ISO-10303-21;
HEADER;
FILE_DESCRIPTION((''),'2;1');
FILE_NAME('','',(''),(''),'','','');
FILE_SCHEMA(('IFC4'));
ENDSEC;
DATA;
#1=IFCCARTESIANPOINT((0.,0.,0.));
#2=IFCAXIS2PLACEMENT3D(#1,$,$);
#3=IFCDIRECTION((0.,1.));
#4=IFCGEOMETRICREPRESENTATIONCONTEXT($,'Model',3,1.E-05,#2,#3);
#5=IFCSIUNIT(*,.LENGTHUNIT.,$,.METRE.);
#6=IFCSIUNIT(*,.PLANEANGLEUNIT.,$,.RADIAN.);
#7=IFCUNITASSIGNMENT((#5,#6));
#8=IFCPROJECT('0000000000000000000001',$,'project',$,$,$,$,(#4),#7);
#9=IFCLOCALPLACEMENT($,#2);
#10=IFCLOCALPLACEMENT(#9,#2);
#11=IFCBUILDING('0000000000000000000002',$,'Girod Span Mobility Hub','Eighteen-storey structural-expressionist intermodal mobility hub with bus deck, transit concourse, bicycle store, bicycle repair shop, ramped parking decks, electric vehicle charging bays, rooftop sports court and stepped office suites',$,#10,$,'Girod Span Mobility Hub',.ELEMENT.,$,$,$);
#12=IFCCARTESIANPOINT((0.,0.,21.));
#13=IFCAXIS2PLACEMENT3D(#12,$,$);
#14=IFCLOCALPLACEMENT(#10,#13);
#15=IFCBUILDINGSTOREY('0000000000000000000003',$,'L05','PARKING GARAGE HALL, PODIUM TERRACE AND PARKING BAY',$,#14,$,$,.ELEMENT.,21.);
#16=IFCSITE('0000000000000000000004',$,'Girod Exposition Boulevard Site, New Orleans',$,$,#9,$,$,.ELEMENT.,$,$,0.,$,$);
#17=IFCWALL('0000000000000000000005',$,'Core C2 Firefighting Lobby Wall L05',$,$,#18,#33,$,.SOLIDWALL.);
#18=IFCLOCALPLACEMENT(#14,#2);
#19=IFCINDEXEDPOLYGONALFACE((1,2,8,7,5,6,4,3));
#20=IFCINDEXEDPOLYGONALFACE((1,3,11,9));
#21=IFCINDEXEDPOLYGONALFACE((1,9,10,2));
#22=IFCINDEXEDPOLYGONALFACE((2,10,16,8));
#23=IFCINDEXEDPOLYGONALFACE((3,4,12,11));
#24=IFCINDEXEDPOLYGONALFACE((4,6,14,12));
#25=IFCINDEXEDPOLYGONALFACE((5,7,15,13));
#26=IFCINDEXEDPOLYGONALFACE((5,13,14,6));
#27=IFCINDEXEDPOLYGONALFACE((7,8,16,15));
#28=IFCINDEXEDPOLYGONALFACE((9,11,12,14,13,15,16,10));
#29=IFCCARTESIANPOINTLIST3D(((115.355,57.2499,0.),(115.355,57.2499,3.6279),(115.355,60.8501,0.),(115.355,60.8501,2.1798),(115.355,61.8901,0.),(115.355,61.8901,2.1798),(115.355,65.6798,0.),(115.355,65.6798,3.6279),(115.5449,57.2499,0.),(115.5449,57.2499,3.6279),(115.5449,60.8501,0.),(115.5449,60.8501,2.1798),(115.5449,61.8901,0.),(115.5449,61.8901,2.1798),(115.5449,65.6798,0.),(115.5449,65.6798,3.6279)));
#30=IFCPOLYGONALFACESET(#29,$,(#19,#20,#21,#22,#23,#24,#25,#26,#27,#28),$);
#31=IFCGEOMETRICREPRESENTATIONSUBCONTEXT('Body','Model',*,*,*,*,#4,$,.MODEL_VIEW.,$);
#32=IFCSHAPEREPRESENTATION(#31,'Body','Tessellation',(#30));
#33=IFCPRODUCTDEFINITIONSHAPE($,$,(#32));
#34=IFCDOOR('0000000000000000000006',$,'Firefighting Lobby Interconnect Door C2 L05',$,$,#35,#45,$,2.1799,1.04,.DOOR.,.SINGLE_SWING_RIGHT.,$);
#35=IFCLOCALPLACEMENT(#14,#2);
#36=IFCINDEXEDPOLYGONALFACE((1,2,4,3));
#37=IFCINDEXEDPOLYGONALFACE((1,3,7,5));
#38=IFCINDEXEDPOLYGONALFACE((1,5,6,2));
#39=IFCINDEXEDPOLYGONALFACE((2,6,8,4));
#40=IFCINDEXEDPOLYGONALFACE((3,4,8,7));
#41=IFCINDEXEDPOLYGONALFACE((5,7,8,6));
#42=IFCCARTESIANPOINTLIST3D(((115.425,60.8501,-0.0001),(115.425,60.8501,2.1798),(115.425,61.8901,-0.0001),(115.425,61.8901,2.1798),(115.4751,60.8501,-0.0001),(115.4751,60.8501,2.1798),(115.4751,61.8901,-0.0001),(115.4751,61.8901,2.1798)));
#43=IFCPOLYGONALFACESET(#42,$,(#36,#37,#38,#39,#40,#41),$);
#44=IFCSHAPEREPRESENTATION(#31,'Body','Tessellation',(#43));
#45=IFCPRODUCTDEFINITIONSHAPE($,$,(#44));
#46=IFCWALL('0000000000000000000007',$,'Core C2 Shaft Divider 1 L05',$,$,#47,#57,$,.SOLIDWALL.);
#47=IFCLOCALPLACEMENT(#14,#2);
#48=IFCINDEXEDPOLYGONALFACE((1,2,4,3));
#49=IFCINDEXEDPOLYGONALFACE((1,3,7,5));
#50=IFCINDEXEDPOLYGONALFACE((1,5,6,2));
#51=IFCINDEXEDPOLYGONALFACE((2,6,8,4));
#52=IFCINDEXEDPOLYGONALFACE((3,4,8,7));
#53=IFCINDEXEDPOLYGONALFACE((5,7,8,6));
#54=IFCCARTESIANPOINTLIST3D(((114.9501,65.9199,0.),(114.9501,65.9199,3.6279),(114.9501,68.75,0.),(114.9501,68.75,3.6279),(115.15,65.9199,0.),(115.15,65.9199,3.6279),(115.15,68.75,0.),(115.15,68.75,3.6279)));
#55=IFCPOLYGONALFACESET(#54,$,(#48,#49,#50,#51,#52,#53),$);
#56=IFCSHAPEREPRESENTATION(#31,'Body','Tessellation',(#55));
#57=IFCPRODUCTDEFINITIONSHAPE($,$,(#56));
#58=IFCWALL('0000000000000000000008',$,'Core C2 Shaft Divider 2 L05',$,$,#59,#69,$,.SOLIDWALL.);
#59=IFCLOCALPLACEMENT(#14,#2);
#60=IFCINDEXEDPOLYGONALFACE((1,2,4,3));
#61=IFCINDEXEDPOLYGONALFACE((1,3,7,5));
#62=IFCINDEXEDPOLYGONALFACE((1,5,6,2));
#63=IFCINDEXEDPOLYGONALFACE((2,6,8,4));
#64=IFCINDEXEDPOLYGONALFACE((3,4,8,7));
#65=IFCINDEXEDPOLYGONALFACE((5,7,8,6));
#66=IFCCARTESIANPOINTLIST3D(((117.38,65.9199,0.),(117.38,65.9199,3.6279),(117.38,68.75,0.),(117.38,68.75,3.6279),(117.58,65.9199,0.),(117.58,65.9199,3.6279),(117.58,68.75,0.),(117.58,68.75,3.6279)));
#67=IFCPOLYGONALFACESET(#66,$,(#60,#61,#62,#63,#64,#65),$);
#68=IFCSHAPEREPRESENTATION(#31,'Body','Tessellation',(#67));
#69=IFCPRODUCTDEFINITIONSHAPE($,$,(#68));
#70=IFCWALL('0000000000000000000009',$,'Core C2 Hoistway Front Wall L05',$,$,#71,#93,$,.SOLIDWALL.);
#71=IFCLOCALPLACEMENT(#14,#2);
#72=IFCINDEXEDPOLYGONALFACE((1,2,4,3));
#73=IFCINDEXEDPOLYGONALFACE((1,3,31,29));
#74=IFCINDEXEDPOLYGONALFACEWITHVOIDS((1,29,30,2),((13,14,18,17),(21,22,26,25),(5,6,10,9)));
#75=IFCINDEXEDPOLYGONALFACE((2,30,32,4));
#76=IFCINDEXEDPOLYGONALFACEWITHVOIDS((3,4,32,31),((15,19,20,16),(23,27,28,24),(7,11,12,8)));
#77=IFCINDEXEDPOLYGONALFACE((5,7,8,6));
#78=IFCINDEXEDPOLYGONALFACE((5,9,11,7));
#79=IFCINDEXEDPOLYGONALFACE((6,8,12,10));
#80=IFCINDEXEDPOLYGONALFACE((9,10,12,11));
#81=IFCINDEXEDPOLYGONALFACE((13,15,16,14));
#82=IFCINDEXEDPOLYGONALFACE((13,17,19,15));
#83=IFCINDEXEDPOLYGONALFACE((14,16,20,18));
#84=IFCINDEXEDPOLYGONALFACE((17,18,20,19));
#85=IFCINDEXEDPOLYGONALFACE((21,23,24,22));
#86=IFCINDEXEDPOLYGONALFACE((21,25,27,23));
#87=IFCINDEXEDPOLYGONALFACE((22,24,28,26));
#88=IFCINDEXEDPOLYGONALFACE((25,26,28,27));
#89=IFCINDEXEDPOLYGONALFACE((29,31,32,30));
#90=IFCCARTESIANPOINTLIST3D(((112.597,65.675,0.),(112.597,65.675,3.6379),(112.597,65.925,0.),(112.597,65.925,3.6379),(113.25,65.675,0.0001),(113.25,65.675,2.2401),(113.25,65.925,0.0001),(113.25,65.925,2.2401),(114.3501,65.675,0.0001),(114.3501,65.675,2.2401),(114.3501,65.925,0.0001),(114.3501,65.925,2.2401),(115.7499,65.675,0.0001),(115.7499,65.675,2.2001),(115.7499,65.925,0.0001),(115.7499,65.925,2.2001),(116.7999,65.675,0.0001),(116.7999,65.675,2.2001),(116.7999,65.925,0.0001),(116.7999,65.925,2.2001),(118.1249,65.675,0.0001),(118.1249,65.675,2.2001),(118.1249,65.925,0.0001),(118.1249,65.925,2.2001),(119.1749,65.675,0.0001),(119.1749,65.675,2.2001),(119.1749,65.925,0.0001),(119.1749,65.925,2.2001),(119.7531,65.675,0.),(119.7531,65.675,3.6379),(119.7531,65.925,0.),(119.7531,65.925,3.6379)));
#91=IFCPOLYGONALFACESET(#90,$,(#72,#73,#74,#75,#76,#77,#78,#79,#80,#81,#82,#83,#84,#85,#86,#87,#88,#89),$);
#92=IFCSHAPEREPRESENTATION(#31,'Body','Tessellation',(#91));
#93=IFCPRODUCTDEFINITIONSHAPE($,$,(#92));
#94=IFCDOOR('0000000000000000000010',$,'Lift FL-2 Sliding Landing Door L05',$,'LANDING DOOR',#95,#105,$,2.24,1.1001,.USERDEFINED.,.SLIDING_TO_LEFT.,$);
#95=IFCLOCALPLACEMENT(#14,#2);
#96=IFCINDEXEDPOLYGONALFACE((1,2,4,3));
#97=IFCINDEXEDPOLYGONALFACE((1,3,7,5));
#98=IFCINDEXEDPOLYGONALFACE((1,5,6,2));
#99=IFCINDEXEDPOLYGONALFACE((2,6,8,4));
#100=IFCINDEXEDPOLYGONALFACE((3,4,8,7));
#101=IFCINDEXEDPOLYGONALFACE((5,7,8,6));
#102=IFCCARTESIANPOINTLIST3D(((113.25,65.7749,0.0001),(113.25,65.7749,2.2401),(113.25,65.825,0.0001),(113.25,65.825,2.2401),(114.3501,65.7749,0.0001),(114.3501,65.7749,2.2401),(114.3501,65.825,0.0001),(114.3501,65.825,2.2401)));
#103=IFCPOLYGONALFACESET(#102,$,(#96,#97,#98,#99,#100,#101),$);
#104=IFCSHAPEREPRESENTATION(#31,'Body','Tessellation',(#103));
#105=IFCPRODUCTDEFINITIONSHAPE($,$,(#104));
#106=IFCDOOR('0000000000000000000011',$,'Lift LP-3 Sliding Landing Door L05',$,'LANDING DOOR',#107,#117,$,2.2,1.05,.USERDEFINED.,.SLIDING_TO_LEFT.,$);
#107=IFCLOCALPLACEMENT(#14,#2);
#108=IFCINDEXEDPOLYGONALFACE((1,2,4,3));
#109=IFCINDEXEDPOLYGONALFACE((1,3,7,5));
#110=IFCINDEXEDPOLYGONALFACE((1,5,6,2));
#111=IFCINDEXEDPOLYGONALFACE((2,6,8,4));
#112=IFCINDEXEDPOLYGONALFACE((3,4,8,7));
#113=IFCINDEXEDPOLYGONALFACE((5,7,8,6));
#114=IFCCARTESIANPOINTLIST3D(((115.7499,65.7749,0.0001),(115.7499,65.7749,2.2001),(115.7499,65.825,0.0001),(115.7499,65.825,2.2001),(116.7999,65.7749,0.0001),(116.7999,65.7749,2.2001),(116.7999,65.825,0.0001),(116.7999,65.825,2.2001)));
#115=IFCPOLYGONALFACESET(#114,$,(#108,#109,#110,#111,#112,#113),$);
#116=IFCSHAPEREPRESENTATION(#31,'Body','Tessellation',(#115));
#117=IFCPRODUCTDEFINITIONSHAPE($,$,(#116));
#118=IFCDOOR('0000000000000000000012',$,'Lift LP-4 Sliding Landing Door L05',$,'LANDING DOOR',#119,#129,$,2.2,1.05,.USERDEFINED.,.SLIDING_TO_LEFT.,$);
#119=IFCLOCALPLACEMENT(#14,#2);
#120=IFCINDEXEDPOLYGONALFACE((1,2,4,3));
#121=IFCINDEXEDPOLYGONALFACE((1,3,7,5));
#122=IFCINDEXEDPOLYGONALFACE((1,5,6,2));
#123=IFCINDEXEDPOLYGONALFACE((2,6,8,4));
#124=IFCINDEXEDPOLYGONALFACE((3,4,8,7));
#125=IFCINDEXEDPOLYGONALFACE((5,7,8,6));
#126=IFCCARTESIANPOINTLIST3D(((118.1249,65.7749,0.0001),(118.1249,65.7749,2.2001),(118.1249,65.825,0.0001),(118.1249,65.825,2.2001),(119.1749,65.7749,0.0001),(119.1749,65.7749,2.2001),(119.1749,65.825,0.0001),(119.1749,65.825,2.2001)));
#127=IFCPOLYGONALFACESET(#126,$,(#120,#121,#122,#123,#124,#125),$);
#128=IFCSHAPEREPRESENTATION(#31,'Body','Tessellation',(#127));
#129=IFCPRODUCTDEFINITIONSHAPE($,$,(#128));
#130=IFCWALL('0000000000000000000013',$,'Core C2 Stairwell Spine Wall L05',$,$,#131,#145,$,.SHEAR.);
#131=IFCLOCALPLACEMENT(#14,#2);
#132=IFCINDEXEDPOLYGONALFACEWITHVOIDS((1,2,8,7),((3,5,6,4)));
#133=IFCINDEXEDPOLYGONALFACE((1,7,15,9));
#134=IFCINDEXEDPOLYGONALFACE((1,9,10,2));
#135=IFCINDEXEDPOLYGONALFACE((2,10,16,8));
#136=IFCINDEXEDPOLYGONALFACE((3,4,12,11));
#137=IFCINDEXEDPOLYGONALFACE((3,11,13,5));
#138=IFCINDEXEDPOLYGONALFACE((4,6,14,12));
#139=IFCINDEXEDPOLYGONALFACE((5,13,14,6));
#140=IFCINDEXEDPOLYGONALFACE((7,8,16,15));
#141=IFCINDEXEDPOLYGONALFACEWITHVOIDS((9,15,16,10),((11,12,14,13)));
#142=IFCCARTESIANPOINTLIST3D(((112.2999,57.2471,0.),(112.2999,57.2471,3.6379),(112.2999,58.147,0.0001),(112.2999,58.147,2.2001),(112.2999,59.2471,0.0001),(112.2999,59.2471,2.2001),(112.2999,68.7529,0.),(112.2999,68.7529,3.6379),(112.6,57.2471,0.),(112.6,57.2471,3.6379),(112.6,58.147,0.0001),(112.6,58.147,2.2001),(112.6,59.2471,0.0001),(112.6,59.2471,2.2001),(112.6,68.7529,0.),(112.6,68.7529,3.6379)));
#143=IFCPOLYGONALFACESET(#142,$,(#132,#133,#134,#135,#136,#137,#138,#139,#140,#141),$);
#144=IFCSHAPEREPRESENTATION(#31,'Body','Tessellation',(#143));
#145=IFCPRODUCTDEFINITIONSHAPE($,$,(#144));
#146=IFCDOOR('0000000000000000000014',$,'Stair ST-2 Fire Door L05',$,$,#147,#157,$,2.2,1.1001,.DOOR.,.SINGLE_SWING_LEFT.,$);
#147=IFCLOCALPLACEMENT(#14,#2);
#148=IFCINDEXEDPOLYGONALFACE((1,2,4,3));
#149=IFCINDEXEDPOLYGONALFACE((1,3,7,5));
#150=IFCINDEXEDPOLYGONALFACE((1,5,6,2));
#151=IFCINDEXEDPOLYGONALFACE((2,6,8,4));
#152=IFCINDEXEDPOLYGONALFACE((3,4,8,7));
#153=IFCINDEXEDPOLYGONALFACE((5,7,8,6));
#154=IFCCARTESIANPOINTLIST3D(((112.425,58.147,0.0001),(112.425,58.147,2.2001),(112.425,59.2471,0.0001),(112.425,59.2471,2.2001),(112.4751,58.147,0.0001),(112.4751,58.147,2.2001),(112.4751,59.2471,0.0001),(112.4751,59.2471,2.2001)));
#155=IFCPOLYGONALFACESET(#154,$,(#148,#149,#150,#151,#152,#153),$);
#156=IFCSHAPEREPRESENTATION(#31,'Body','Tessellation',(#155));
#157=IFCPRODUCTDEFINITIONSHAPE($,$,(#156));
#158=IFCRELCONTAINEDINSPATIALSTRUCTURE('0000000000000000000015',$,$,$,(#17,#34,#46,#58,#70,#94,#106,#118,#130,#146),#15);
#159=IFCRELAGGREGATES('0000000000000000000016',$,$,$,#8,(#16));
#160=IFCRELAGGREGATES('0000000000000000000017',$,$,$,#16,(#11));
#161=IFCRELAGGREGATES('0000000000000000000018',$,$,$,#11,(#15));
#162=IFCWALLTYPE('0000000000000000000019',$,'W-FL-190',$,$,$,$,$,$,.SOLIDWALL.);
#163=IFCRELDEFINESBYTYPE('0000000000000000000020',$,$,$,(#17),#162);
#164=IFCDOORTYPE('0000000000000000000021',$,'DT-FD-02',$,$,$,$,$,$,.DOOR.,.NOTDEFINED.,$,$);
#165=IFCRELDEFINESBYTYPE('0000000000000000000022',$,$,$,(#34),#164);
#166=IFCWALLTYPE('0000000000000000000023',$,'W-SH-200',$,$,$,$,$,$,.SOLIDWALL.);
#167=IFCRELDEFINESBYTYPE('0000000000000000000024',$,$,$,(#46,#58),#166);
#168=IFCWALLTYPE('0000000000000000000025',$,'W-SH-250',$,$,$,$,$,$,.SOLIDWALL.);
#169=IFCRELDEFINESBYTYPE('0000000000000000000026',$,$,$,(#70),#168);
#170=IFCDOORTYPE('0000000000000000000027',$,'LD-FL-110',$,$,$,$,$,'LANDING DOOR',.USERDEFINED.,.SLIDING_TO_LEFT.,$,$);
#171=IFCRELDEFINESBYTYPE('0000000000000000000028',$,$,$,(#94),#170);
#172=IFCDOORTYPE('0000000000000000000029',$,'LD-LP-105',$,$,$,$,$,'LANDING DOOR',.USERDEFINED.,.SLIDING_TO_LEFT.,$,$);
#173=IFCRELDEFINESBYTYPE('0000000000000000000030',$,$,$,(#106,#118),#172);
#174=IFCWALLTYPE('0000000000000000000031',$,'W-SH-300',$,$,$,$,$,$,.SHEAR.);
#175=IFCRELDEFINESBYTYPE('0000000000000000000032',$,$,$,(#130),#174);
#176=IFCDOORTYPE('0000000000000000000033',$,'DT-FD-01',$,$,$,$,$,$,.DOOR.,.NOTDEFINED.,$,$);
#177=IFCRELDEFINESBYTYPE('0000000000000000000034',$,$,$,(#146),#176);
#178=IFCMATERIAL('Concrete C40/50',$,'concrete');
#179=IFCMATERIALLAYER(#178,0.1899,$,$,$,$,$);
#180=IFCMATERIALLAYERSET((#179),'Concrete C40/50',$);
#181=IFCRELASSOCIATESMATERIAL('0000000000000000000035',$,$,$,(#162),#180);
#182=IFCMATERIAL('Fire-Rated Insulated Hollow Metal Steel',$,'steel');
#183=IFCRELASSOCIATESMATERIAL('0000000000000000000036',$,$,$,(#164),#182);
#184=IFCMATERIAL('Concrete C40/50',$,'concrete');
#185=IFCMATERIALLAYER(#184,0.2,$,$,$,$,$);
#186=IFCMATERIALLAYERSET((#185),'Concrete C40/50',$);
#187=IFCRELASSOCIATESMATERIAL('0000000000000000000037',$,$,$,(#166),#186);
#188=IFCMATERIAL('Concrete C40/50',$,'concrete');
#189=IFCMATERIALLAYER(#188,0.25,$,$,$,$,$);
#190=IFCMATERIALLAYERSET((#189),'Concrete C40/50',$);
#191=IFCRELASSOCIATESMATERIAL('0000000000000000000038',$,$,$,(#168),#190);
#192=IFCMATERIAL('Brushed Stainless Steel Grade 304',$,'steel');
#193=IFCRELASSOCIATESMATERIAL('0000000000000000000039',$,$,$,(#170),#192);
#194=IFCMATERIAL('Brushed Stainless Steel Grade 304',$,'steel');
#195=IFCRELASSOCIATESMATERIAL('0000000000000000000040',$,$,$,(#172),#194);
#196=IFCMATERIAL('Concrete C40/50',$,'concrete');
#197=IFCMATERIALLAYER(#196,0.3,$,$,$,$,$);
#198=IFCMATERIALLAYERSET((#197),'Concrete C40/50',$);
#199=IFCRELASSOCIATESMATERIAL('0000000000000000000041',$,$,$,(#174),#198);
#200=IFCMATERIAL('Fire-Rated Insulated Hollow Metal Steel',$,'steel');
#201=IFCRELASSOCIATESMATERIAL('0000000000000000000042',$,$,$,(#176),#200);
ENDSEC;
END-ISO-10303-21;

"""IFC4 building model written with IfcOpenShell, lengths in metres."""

from ifc_helpers import new_model, si_unit, direction, frame, frame_2d, origin, place, context, subcontext, project, spatial, rectangle, extrude, material, layer, layer_set, type_object, element, fill, save


model = new_model("IFC4")

# Units and contexts
model_context = context("Model", 3, precision=1e-05, world=origin(), true_north=direction((0.0, 1.0)))
body_context = subcontext(model_context, "Body", "Model", "MODEL_VIEW")
ifc_project = project(units=[si_unit("LENGTHUNIT", "METRE"), si_unit("PLANEANGLEUNIT", "RADIAN")], contexts=[model_context])

# Site, building, storey
site_placement = place(None, origin())
site = spatial("IfcSite", under=ifc_project, at=site_placement, Name="Girod Exposition Boulevard Site, New Orleans", CompositionType="ELEMENT", RefElevation=0.0)
building_placement = place(site_placement, origin())
building = spatial("IfcBuilding", under=site, at=building_placement, Name="Girod Span Mobility Hub", Description="Eighteen-storey structural-expressionist intermodal mobility hub with bus deck, transit concourse, bicycle store, bicycle repair shop, ramped parking decks, electric vehicle charging bays, rooftop sports court and stepped office suites", LongName="Girod Span Mobility Hub", CompositionType="ELEMENT")
storey_placement = place(building_placement, frame((0.0, 0.0, 21.0)))
storey = spatial("IfcBuildingStorey", under=building, at=storey_placement, Name="L05", Description="PARKING GARAGE HALL, PODIUM TERRACE AND PARKING BAY", CompositionType="ELEMENT", Elevation=21.0)

# Wall, opening, door
ifc_material_1 = material(Name="Concrete C40/50", Category="concrete")
ifc_layer_1 = layer(ifc_material_1, 0.1899)
ifc_layer_set_1 = layer_set([ifc_layer_1], Name="Concrete C40/50")
wall_type_1 = type_object("IfcWallType", Name="W-FL-190", PredefinedType="SOLIDWALL", material=ifc_layer_set_1)
wall_1_placement = place(storey_placement, frame((115.45, 57.25, 0.0), z_axis=(0.0, 0.0, 1.0), x_axis=(0.0, 1.0, 0.0)))
wall_1 = element("IfcWall", 1, at=wall_1_placement, inside=storey, type_object=wall_type_1, Name="Core C2 Firefighting Lobby Wall L05", PredefinedType="SOLIDWALL", context=body_context, shape_type="SweptSolid", body=[
    extrude(rectangle(XDim=8.4299, YDim=0.1899, at=frame_2d((4.2148, 0.0))), origin(), (0.0, 0.0, 1.0), 3.6279),
])
opening_1_placement = place(wall_1_placement, frame((3.6001, 0.0, 0.0)))
opening_1 = element("IfcOpeningElement", 2, at=opening_1_placement, cuts=wall_1, PredefinedType="OPENING", context=body_context, shape_type="SweptSolid", body=[
    extrude(rectangle(XDim=1.04, YDim=2.1799, at=frame_2d((0.52, 1.0898))), frame((0.0, 0.1099, 0.0), z_axis=(0.0, -1.0, 0.0), x_axis=(1.0, 0.0, 0.0)), (0.0, 0.0, 1.0), 0.22),
])
ifc_material_2 = material(Name="Fire-Rated Insulated Hollow Metal Steel", Category="steel")
door_type_1 = type_object("IfcDoorType", Name="DT-FD-02", OperationType="NOTDEFINED", PredefinedType="DOOR", material=ifc_material_2)
door_1_placement = place(opening_1_placement, origin())
door_1 = element("IfcDoor", 3, at=door_1_placement, inside=storey, type_object=door_type_1, Name="Firefighting Lobby Interconnect Door C2 L05", OperationType="SINGLE_SWING_RIGHT", OverallHeight=2.1799, OverallWidth=1.04, PredefinedType="DOOR", context=body_context, shape_type="SweptSolid", body=[
    extrude(rectangle(XDim=1.04, YDim=2.1799, at=frame_2d((0.52, 1.0898))), frame((0.0, 0.0249, 0.0), z_axis=(0.0, -1.0, 0.0), x_axis=(1.0, 0.0, 0.0)), (0.0, 0.0, 1.0), 0.05),
])
fill(opening_1, door_1)

# Walls
ifc_material_3 = material(Name="Concrete C40/50", Category="concrete")
ifc_layer_2 = layer(ifc_material_3, 0.2)
ifc_layer_set_2 = layer_set([ifc_layer_2], Name="Concrete C40/50")
wall_type_2 = type_object("IfcWallType", Name="W-SH-200", PredefinedType="SOLIDWALL", material=ifc_layer_set_2)
for number, where, z_axis, x_axis, name in (
    (4, (115.05, 65.9199, 0.0), (0.0, 0.0, 1.0), (0.0, 1.0, 0.0), "Core C2 Shaft Divider 1 L05"),
    (5, (117.48, 65.9199, 0.0), (0.0, 0.0, 1.0), (0.0, 1.0, 0.0), "Core C2 Shaft Divider 2 L05"),
):
    element("IfcWall", number, at=place(storey_placement, frame(where, z_axis=z_axis, x_axis=x_axis)), inside=storey, type_object=wall_type_2, Name=name, PredefinedType="SOLIDWALL", context=body_context, shape_type="SweptSolid", body=[
        extrude(rectangle(XDim=2.8301, YDim=0.2, at=frame_2d((1.415, 0.0))), origin(), (0.0, 0.0, 1.0), 3.6279),
    ])

# Wall, openings, doors
ifc_material_4 = material(Name="Concrete C40/50", Category="concrete")
ifc_layer_3 = layer(ifc_material_4, 0.25)
ifc_layer_set_3 = layer_set([ifc_layer_3], Name="Concrete C40/50")
wall_type_3 = type_object("IfcWallType", Name="W-SH-250", PredefinedType="SOLIDWALL", material=ifc_layer_set_3)
wall_2_placement = place(storey_placement, frame((112.5969, 65.8, 0.0), z_axis=(0.0, 0.0, 1.0), x_axis=(1.0, 0.0, 0.0)))
wall_2 = element("IfcWall", 6, at=wall_2_placement, inside=storey, type_object=wall_type_3, Name="Core C2 Hoistway Front Wall L05", PredefinedType="SOLIDWALL", context=body_context, shape_type="SweptSolid", body=[
    extrude(rectangle(XDim=7.156, YDim=0.25, at=frame_2d((3.5781, 0.0))), origin(), (0.0, 0.0, 1.0), 3.6379),
])
opening_2_placement = place(wall_2_placement, frame((0.6531, 0.0, 0.0)))
opening_2 = element("IfcOpeningElement", 7, at=opening_2_placement, cuts=wall_2, PredefinedType="OPENING", context=body_context, shape_type="SweptSolid", body=[
    extrude(rectangle(XDim=1.1001, YDim=2.24, at=frame_2d((0.55, 1.1201))), frame((0.0, 0.1399, 0.0), z_axis=(0.0, -1.0, 0.0), x_axis=(1.0, 0.0, 0.0)), (0.0, 0.0, 1.0), 0.28),
])
opening_3_placement = place(wall_2_placement, frame((3.1531, 0.0, 0.0)))
opening_3 = element("IfcOpeningElement", 8, at=opening_3_placement, cuts=wall_2, PredefinedType="OPENING", context=body_context, shape_type="SweptSolid", body=[
    extrude(rectangle(XDim=1.05, YDim=2.2, at=frame_2d((0.5249, 1.1001))), frame((0.0, 0.1399, 0.0), z_axis=(0.0, -1.0, 0.0), x_axis=(1.0, 0.0, 0.0)), (0.0, 0.0, 1.0), 0.28),
])
opening_4_placement = place(wall_2_placement, frame((5.5281, 0.0, 0.0)))
opening_4 = element("IfcOpeningElement", 9, at=opening_4_placement, cuts=wall_2, PredefinedType="OPENING", context=body_context, shape_type="SweptSolid", body=[
    extrude(rectangle(XDim=1.05, YDim=2.2, at=frame_2d((0.5249, 1.1001))), frame((0.0, 0.1399, 0.0), z_axis=(0.0, -1.0, 0.0), x_axis=(1.0, 0.0, 0.0)), (0.0, 0.0, 1.0), 0.28),
])
ifc_material_5 = material(Name="Brushed Stainless Steel Grade 304", Category="steel")
door_type_2 = type_object("IfcDoorType", Name="LD-FL-110", ElementType="LANDING DOOR", OperationType="SLIDING_TO_LEFT", PredefinedType="USERDEFINED", material=ifc_material_5)
door_2_placement = place(opening_2_placement, origin())
door_2 = element("IfcDoor", 10, at=door_2_placement, inside=storey, type_object=door_type_2, Name="Lift FL-2 Sliding Landing Door L05", ObjectType="LANDING DOOR", OperationType="SLIDING_TO_LEFT", OverallHeight=2.24, OverallWidth=1.1001, PredefinedType="USERDEFINED", context=body_context, shape_type="SweptSolid", body=[
    extrude(rectangle(XDim=1.1001, YDim=2.24, at=frame_2d((0.55, 1.1201))), frame((0.0, 0.0249, 0.0), z_axis=(0.0, -1.0, 0.0), x_axis=(1.0, 0.0, 0.0)), (0.0, 0.0, 1.0), 0.05),
])
fill(opening_2, door_2)
ifc_material_6 = material(Name="Brushed Stainless Steel Grade 304", Category="steel")
door_type_3 = type_object("IfcDoorType", Name="LD-LP-105", ElementType="LANDING DOOR", OperationType="SLIDING_TO_LEFT", PredefinedType="USERDEFINED", material=ifc_material_6)
door_3_placement = place(opening_3_placement, origin())
door_3 = element("IfcDoor", 11, at=door_3_placement, inside=storey, type_object=door_type_3, Name="Lift LP-3 Sliding Landing Door L05", ObjectType="LANDING DOOR", OperationType="SLIDING_TO_LEFT", OverallHeight=2.2, OverallWidth=1.05, PredefinedType="USERDEFINED", context=body_context, shape_type="SweptSolid", body=[
    extrude(rectangle(XDim=1.05, YDim=2.2, at=frame_2d((0.5249, 1.1001))), frame((0.0, 0.0249, 0.0), z_axis=(0.0, -1.0, 0.0), x_axis=(1.0, 0.0, 0.0)), (0.0, 0.0, 1.0), 0.05),
])
fill(opening_3, door_3)
door_4_placement = place(opening_4_placement, origin())
door_4 = element("IfcDoor", 12, at=door_4_placement, inside=storey, type_object=door_type_3, Name="Lift LP-4 Sliding Landing Door L05", ObjectType="LANDING DOOR", OperationType="SLIDING_TO_LEFT", OverallHeight=2.2, OverallWidth=1.05, PredefinedType="USERDEFINED", context=body_context, shape_type="SweptSolid", body=[
    extrude(rectangle(XDim=1.05, YDim=2.2, at=frame_2d((0.5249, 1.1001))), frame((0.0, 0.0249, 0.0), z_axis=(0.0, -1.0, 0.0), x_axis=(1.0, 0.0, 0.0)), (0.0, 0.0, 1.0), 0.05),
])
fill(opening_4, door_4)

# Wall, opening, door
ifc_material_7 = material(Name="Concrete C40/50", Category="concrete")
ifc_layer_4 = layer(ifc_material_7, 0.3)
ifc_layer_set_4 = layer_set([ifc_layer_4], Name="Concrete C40/50")
wall_type_4 = type_object("IfcWallType", Name="W-SH-300", PredefinedType="SHEAR", material=ifc_layer_set_4)
wall_3_placement = place(storey_placement, frame((112.45, 57.2471, 0.0), z_axis=(0.0, 0.0, 1.0), x_axis=(0.0, 1.0, 0.0)))
wall_3 = element("IfcWall", 13, at=wall_3_placement, inside=storey, type_object=wall_type_4, Name="Core C2 Stairwell Spine Wall L05", PredefinedType="SHEAR", context=body_context, shape_type="SweptSolid", body=[
    extrude(rectangle(XDim=11.5059, YDim=0.3, at=frame_2d((5.7529, 0.0))), origin(), (0.0, 0.0, 1.0), 3.6379),
])
opening_5_placement = place(wall_3_placement, frame((0.8999, 0.0, 0.0)))
opening_5 = element("IfcOpeningElement", 14, at=opening_5_placement, cuts=wall_3, PredefinedType="OPENING", context=body_context, shape_type="SweptSolid", body=[
    extrude(rectangle(XDim=1.1001, YDim=2.2, at=frame_2d((0.55, 1.1001))), frame((0.0, 0.165, 0.0), z_axis=(0.0, -1.0, 0.0), x_axis=(1.0, 0.0, 0.0)), (0.0, 0.0, 1.0), 0.3301),
])
ifc_material_8 = material(Name="Fire-Rated Insulated Hollow Metal Steel", Category="steel")
door_type_4 = type_object("IfcDoorType", Name="DT-FD-01", OperationType="NOTDEFINED", PredefinedType="DOOR", material=ifc_material_8)
door_5_placement = place(opening_5_placement, origin())
door_5 = element("IfcDoor", 15, at=door_5_placement, inside=storey, type_object=door_type_4, Name="Stair ST-2 Fire Door L05", OperationType="SINGLE_SWING_LEFT", OverallHeight=2.2, OverallWidth=1.1001, PredefinedType="DOOR", context=body_context, shape_type="SweptSolid", body=[
    extrude(rectangle(XDim=1.1001, YDim=2.2, at=frame_2d((0.55, 1.1001))), frame((0.0, 0.0249, 0.0), z_axis=(0.0, -1.0, 0.0), x_axis=(1.0, 0.0, 0.0)), (0.0, 0.0, 1.0), 0.05),
])
fill(opening_5, door_5)

save(model, "model.ifc")
